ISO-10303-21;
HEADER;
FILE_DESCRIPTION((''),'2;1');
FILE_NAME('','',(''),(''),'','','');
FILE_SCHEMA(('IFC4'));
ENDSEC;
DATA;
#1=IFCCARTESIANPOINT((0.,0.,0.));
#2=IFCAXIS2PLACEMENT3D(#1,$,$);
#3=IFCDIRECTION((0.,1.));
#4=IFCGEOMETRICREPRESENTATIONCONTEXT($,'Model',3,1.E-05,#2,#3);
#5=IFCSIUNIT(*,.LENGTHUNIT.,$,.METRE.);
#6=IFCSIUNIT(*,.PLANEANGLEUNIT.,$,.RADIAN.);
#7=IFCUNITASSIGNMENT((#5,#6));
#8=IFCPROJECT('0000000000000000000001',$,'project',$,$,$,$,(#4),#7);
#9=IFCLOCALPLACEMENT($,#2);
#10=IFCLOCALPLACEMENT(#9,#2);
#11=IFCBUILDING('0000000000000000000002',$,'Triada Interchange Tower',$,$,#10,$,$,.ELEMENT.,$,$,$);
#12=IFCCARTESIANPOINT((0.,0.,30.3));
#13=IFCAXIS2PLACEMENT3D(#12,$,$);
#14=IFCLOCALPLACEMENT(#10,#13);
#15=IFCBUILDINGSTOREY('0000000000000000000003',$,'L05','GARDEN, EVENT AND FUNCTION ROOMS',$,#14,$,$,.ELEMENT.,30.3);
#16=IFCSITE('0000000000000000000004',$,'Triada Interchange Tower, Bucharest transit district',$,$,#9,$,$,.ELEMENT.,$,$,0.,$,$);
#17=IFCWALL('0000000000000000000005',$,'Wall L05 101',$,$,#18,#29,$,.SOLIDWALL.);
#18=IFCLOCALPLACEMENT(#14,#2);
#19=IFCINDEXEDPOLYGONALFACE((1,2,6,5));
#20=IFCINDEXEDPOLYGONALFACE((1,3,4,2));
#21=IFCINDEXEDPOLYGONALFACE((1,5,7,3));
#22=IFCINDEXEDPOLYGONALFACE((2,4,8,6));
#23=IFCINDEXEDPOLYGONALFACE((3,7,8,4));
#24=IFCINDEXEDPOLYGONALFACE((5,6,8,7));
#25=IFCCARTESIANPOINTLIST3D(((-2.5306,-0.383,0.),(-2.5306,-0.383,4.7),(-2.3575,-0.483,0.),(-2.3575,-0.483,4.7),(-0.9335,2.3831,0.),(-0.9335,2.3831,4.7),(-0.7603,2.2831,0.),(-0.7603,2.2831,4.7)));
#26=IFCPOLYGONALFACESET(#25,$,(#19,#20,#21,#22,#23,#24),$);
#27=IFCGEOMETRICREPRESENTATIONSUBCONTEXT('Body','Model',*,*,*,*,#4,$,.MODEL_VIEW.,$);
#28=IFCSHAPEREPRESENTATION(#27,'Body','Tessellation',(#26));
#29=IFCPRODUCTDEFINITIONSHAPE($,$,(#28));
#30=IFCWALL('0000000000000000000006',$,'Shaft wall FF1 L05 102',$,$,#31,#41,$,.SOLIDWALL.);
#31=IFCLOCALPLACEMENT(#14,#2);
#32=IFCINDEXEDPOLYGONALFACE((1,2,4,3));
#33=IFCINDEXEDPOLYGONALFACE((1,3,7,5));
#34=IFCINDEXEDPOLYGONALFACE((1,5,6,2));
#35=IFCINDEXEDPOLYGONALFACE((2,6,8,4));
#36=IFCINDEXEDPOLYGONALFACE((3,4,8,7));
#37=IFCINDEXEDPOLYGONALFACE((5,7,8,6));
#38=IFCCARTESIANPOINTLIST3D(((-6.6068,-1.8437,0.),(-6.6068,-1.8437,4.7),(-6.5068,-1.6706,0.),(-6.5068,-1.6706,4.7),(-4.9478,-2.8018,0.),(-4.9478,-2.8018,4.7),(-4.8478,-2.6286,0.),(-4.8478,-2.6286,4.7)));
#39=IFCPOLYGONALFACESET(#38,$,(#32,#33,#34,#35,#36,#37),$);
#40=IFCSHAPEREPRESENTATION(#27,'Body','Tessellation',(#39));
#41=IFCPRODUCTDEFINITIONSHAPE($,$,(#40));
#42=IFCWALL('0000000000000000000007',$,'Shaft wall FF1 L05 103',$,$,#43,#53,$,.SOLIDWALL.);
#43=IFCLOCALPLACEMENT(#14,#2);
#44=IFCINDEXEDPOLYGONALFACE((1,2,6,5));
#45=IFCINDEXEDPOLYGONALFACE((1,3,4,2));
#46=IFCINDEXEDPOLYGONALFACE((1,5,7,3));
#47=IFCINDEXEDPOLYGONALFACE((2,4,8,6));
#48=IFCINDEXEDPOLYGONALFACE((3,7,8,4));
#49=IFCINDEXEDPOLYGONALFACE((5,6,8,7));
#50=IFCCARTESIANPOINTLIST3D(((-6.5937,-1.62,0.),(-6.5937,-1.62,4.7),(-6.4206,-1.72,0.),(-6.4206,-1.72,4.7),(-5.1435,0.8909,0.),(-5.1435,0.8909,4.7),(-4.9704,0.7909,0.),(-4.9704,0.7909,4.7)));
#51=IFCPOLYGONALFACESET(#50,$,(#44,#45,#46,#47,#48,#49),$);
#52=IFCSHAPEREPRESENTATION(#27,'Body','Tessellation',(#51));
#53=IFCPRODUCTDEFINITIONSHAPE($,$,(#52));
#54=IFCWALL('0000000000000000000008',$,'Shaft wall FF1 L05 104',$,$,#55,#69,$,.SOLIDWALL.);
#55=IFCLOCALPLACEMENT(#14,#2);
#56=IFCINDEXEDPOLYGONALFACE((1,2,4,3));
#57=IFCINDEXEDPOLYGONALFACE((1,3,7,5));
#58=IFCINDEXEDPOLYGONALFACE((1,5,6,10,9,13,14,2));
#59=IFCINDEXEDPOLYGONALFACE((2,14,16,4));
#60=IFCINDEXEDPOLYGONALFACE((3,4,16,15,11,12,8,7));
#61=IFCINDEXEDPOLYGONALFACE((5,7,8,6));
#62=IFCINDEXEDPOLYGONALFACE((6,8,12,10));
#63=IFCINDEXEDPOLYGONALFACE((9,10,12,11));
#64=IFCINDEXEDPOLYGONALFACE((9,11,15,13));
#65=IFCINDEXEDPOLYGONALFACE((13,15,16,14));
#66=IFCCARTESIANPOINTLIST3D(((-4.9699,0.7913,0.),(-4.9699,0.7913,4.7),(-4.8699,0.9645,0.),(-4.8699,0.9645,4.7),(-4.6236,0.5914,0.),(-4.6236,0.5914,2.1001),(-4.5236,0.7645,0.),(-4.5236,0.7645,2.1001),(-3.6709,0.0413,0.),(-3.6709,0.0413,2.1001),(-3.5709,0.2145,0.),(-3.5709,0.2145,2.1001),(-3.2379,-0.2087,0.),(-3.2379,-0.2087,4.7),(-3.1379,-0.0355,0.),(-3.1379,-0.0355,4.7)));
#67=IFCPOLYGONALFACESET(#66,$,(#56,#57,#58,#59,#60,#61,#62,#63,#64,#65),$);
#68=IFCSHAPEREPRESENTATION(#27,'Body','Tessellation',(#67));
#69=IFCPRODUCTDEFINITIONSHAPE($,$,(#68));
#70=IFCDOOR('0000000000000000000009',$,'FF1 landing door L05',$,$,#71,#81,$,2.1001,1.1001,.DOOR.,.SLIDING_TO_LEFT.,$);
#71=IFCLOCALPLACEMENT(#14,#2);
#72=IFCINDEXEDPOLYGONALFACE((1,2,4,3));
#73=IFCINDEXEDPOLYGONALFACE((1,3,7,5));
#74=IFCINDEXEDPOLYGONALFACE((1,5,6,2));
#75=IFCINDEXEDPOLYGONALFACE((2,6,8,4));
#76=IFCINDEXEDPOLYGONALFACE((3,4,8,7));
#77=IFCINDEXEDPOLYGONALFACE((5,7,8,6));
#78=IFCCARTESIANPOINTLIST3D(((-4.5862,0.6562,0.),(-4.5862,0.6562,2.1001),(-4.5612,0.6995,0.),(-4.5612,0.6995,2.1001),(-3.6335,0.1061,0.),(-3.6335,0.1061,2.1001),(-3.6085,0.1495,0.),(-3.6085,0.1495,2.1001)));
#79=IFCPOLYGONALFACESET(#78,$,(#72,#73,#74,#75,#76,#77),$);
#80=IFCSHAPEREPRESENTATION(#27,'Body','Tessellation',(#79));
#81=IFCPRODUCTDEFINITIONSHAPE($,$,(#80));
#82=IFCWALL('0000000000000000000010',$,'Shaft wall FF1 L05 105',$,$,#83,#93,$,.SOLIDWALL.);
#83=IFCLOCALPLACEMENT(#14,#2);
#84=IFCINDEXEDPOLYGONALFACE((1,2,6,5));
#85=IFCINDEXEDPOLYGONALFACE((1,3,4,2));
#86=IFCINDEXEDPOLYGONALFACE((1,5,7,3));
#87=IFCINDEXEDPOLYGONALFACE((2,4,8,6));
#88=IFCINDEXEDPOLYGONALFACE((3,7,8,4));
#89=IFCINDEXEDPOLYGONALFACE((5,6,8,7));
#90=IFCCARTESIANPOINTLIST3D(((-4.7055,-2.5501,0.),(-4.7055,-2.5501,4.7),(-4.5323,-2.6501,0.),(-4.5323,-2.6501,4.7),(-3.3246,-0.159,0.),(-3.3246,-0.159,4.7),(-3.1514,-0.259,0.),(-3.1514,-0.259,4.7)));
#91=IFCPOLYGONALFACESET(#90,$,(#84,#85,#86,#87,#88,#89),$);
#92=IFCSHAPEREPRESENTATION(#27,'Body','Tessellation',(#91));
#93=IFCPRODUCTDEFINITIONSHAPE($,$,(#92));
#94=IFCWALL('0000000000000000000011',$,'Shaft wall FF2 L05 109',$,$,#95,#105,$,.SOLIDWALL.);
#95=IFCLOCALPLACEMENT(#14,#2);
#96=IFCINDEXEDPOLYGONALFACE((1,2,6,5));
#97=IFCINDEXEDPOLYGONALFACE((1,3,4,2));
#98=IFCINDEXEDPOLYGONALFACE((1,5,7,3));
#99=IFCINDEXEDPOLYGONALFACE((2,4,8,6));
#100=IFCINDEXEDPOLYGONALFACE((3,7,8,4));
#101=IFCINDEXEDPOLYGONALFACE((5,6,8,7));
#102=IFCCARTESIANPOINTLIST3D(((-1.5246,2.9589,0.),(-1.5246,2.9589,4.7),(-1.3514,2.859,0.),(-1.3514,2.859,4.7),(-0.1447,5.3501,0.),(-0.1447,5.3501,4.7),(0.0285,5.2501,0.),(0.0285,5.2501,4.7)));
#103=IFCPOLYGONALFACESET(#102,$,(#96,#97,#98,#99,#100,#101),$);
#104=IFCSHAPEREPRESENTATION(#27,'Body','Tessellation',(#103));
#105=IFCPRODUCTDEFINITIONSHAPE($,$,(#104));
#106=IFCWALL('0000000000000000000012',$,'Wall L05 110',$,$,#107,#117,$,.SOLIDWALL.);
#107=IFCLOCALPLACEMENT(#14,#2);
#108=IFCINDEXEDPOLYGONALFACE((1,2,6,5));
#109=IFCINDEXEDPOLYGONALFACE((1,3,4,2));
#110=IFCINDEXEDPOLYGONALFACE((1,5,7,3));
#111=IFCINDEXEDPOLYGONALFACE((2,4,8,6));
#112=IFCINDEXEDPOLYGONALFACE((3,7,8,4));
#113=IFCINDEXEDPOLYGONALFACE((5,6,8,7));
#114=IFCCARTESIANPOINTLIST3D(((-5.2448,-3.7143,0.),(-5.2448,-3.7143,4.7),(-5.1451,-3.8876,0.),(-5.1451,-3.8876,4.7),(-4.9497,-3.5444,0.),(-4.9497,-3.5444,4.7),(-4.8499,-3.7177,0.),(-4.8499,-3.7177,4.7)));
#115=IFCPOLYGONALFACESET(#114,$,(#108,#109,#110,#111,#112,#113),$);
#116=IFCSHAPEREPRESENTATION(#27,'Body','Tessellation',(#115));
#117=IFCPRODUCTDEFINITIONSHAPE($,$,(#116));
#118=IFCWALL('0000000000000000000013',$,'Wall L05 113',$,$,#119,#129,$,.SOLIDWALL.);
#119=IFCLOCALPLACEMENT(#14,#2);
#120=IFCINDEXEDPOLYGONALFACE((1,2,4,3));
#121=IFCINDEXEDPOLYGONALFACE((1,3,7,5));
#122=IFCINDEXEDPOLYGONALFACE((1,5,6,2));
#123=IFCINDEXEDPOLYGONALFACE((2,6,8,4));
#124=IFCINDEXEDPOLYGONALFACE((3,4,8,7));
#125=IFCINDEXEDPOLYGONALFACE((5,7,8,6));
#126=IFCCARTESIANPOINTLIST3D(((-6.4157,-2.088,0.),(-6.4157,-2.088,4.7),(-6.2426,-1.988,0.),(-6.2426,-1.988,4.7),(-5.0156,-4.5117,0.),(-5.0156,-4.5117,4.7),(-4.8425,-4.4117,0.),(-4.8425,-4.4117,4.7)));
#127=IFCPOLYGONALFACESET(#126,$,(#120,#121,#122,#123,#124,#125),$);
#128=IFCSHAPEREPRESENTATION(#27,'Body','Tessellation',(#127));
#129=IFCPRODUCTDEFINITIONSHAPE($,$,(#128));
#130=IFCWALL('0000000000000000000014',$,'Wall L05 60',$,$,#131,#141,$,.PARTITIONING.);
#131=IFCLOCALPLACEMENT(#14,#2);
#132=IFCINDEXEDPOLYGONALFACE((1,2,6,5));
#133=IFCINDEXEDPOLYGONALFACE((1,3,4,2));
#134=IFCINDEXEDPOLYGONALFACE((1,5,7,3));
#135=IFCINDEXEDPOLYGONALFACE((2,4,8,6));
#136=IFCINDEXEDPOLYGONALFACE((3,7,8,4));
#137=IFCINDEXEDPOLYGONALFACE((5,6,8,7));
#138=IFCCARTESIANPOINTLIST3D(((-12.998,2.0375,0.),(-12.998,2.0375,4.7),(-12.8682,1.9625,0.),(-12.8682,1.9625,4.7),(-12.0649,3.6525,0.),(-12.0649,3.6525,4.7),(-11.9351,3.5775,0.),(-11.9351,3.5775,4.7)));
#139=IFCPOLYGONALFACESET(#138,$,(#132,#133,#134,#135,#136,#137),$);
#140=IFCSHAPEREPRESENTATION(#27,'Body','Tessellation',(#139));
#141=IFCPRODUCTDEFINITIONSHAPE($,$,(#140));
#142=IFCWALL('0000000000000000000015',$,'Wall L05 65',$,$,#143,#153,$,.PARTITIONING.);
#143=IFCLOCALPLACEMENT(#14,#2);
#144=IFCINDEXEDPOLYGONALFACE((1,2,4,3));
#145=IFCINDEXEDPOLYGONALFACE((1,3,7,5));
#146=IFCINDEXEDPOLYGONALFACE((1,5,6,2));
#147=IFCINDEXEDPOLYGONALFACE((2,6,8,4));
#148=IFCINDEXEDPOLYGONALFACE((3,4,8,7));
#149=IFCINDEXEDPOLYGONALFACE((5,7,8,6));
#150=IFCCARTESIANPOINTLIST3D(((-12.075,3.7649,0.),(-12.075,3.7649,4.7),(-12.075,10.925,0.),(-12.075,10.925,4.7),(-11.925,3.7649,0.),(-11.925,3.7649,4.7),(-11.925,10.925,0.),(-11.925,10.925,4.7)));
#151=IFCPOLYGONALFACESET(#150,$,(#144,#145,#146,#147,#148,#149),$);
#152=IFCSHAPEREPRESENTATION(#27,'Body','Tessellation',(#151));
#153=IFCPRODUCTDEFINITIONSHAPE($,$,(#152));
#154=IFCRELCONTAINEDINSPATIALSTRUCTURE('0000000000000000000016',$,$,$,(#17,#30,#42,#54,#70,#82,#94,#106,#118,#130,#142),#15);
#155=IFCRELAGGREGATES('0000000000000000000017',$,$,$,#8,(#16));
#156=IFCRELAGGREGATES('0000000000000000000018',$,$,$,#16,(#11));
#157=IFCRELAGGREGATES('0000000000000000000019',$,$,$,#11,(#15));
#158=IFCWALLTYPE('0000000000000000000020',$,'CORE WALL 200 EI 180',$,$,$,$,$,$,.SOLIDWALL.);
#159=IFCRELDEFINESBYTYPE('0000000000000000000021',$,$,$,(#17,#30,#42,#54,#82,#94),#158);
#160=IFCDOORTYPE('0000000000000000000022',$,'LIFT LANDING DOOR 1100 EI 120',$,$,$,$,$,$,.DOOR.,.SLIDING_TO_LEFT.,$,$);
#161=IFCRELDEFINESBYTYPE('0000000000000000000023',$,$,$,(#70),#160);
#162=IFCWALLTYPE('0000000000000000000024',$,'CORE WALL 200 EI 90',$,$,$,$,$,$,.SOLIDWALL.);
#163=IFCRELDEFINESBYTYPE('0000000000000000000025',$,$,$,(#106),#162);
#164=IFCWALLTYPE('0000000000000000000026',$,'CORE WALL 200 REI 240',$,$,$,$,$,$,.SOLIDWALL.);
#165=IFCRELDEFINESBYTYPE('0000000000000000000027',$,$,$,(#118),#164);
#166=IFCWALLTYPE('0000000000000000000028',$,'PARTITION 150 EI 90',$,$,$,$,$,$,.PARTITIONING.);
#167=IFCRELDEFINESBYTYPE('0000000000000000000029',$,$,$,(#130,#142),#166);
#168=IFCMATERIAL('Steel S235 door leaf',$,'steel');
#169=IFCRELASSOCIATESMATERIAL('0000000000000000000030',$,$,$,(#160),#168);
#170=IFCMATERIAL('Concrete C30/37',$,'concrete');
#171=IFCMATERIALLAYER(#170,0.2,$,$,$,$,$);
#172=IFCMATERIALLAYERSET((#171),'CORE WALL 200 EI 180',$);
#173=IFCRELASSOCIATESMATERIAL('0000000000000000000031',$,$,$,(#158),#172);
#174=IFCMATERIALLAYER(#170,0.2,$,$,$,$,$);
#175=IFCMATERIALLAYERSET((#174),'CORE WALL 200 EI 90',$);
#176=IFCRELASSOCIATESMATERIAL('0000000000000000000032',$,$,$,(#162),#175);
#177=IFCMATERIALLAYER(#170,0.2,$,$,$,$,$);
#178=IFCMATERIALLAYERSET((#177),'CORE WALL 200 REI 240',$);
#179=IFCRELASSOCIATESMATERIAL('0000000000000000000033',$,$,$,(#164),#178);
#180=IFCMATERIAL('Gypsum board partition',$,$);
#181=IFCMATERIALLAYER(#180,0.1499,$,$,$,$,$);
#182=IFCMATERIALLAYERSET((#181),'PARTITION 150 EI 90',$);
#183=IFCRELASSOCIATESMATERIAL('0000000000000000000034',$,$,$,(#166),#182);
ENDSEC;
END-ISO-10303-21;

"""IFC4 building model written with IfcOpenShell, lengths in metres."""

from ifc_helpers import new_model, si_unit, direction, frame, frame_2d, origin, place, context, subcontext, project, spatial, rectangle, extrude, material, layer, layer_set, type_object, element, fill, save


model = new_model("IFC4")

# Units and contexts
model_context = context("Model", 3, precision=1e-05, world=origin(), true_north=direction((0.0, 1.0)))
body_context = subcontext(model_context, "Body", "Model", "MODEL_VIEW")
ifc_project = project(units=[si_unit("LENGTHUNIT", "METRE"), si_unit("PLANEANGLEUNIT", "RADIAN")], contexts=[model_context])

# Site, building, storey
site_placement = place(None, origin())
site = spatial("IfcSite", under=ifc_project, at=site_placement, Name="Triada Interchange Tower, Bucharest transit district", CompositionType="ELEMENT", RefElevation=0.0)
building_placement = place(site_placement, origin())
building = spatial("IfcBuilding", under=site, at=building_placement, Name="Triada Interchange Tower", CompositionType="ELEMENT")
storey_placement = place(building_placement, frame((0.0, 0.0, 30.3)))
storey = spatial("IfcBuildingStorey", under=building, at=storey_placement, Name="L05", Description="GARDEN, EVENT AND FUNCTION ROOMS", CompositionType="ELEMENT", Elevation=30.3)

# Shared definitions
ifc_material_1 = material(Name="Concrete C30/37", Category="concrete")

# Shared definitions
ifc_material_2 = material(Name="Steel S235 door leaf", Category="steel")
door_type_1 = type_object("IfcDoorType", Name="LIFT LANDING DOOR 1100 EI 120", OperationType="SLIDING_TO_LEFT", PredefinedType="DOOR", material=ifc_material_2)

# Shared definitions
ifc_layer_1 = layer(ifc_material_1, 0.2)
ifc_layer_set_1 = layer_set([ifc_layer_1], Name="CORE WALL 200 EI 180")
wall_type_1 = type_object("IfcWallType", Name="CORE WALL 200 EI 180", PredefinedType="SOLIDWALL", material=ifc_layer_set_1)

# Walls
wall_1_placement = place(storey_placement, frame((-2.4441, -0.4331, 0.0), z_axis=(0.0, 0.0, 1.0), x_axis=(0.500036, 0.866005, 0.0)))
element("IfcWall", 1, at=wall_1_placement, inside=storey, type_object=wall_type_1, Name="Wall L05 101", PredefinedType="SOLIDWALL", context=body_context, shape_type="SweptSolid", body=[
    extrude(rectangle(XDim=3.1941, YDim=0.2, at=frame_2d((1.5972, 0.0))), origin(), (0.0, 0.0, 1.0), 4.7),
])
wall_2_placement = place(storey_placement, frame((-6.5569, -1.7571, 0.0), z_axis=(0.0, 0.0, 1.0), x_axis=(0.865975, -0.500086, 0.0)))
element("IfcWall", 2, at=wall_2_placement, inside=storey, type_object=wall_type_1, Name="Shaft wall FF1 L05 102", PredefinedType="SOLIDWALL", context=body_context, shape_type="SweptSolid", body=[
    extrude(rectangle(XDim=1.9158, YDim=0.2, at=frame_2d((0.958, 0.0))), origin(), (0.0, 0.0, 1.0), 4.7),
])
wall_3_placement = place(storey_placement, frame((-6.5071, -1.6699, 0.0), z_axis=(0.0, 0.0, 1.0), x_axis=(0.500123, 0.865954, 0.0)))
element("IfcWall", 3, at=wall_3_placement, inside=storey, type_object=wall_type_1, Name="Shaft wall FF1 L05 103", PredefinedType="SOLIDWALL", context=body_context, shape_type="SweptSolid", body=[
    extrude(rectangle(XDim=2.8997, YDim=0.2, at=frame_2d((1.4497, 0.0))), origin(), (0.0, 0.0, 1.0), 4.7),
])

# Wall, opening, door
wall_4_placement = place(storey_placement, frame((-4.9199, 0.8779, 0.0), z_axis=(0.0, 0.0, 1.0), x_axis=(0.866011, -0.500025, 0.0)))
wall_4 = element("IfcWall", 4, at=wall_4_placement, inside=storey, type_object=wall_type_1, Name="Shaft wall FF1 L05 104", PredefinedType="SOLIDWALL", context=body_context, shape_type="SweptSolid", body=[
    extrude(rectangle(XDim=2.0, YDim=0.2, at=frame_2d((1.0, 0.0))), origin(), (0.0, 0.0, 1.0), 4.7),
])
opening_1_placement = place(wall_4_placement, frame((0.3999, 0.0, 0.0)))
opening_1 = element("IfcOpeningElement", 5, at=opening_1_placement, cuts=wall_4, PredefinedType="OPENING", context=body_context, shape_type="SweptSolid", body=[
    extrude(rectangle(XDim=1.1001, YDim=2.1001, at=frame_2d((0.55, 1.05))), frame((0.0, 0.1099, 0.0), z_axis=(0.0, -1.0, 0.0), x_axis=(1.0, 0.0, 0.0)), (0.0, 0.0, 1.0), 0.22),
])
door_1_placement = place(opening_1_placement, origin())
door_1 = element("IfcDoor", 6, at=door_1_placement, inside=storey, type_object=door_type_1, Name="FF1 landing door L05", OperationType="SLIDING_TO_LEFT", OverallHeight=2.1001, OverallWidth=1.1001, PredefinedType="DOOR", context=body_context, shape_type="SweptSolid", body=[
    extrude(rectangle(XDim=1.1001, YDim=2.1001, at=frame_2d((0.55, 1.05))), frame((0.0, 0.0249, 0.0), z_axis=(0.0, -1.0, 0.0), x_axis=(1.0, 0.0, 0.0)), (0.0, 0.0, 1.0), 0.05),
])
fill(opening_1, door_1)

# Walls
wall_5_placement = place(storey_placement, frame((-4.6189, -2.6001, 0.0), z_axis=(0.0, 0.0, 1.0), x_axis=(0.500095, 0.865971, 0.0)))
element("IfcWall", 7, at=wall_5_placement, inside=storey, type_object=wall_type_1, Name="Shaft wall FF1 L05 105", PredefinedType="SOLIDWALL", context=body_context, shape_type="SweptSolid", body=[
    extrude(rectangle(XDim=2.7612, YDim=0.2, at=frame_2d((1.3806, 0.0))), origin(), (0.0, 0.0, 1.0), 4.7),
])
wall_6_placement = place(storey_placement, frame((-1.438, 2.9089, 0.0), z_axis=(0.0, 0.0, 1.0), x_axis=(0.49983, 0.866124, 0.0)))
element("IfcWall", 8, at=wall_6_placement, inside=storey, type_object=wall_type_1, Name="Shaft wall FF2 L05 109", PredefinedType="SOLIDWALL", context=body_context, shape_type="SweptSolid", body=[
    extrude(rectangle(XDim=2.7607, YDim=0.2, at=frame_2d((1.3804, 0.0))), origin(), (0.0, 0.0, 1.0), 4.7),
])
ifc_layer_2 = layer(ifc_material_1, 0.2)
ifc_layer_set_2 = layer_set([ifc_layer_2], Name="CORE WALL 200 EI 90")
wall_type_2 = type_object("IfcWallType", Name="CORE WALL 200 EI 90", PredefinedType="SOLIDWALL", material=ifc_layer_set_2)
wall_7_placement = place(storey_placement, frame((-5.1951, -3.801, 0.0), z_axis=(0.0, 0.0, 1.0), x_axis=(0.866651, 0.498916, 0.0)))
element("IfcWall", 9, at=wall_7_placement, inside=storey, type_object=wall_type_2, Name="Wall L05 110", PredefinedType="SOLIDWALL", context=body_context, shape_type="SweptSolid", body=[
    extrude(rectangle(XDim=0.3406, YDim=0.2, at=frame_2d((0.1704, 0.0))), origin(), (0.0, 0.0, 1.0), 4.7),
])
ifc_layer_3 = layer(ifc_material_1, 0.2)
ifc_layer_set_3 = layer_set([ifc_layer_3], Name="CORE WALL 200 REI 240")
wall_type_3 = type_object("IfcWallType", Name="CORE WALL 200 REI 240", PredefinedType="SOLIDWALL", material=ifc_layer_set_3)
wall_8_placement = place(storey_placement, frame((-6.3291, -2.0381, 0.0), z_axis=(0.0, 0.0, 1.0), x_axis=(0.500201, -0.86591, 0.0)))
element("IfcWall", 10, at=wall_8_placement, inside=storey, type_object=wall_type_3, Name="Wall L05 113", PredefinedType="SOLIDWALL", context=body_context, shape_type="SweptSolid", body=[
    extrude(rectangle(XDim=2.7991, YDim=0.2, at=frame_2d((1.3994, 0.0))), origin(), (0.0, 0.0, 1.0), 4.7),
])
ifc_material_3 = material(Name="Gypsum board partition")
ifc_layer_4 = layer(ifc_material_3, 0.1499)
ifc_layer_set_4 = layer_set([ifc_layer_4], Name="PARTITION 150 EI 90")
wall_type_4 = type_object("IfcWallType", Name="PARTITION 150 EI 90", PredefinedType="PARTITIONING", material=ifc_layer_set_4)
wall_9_placement = place(storey_placement, frame((-12.9331, 2.0, 0.0), z_axis=(0.0, 0.0, 1.0), x_axis=(0.500278, 0.865865, 0.0)))
element("IfcWall", 11, at=wall_9_placement, inside=storey, type_object=wall_type_4, Name="Wall L05 60", PredefinedType="PARTITIONING", context=body_context, shape_type="SweptSolid", body=[
    extrude(rectangle(XDim=1.8652, YDim=0.1499, at=frame_2d((0.9326, 0.0))), origin(), (0.0, 0.0, 1.0), 4.7),
])
wall_10_placement = place(storey_placement, frame((-12.0, 3.7649, 0.0), z_axis=(0.0, 0.0, 1.0), x_axis=(0.0, 1.0, 0.0)))
element("IfcWall", 12, at=wall_10_placement, inside=storey, type_object=wall_type_4, Name="Wall L05 65", PredefinedType="PARTITIONING", context=body_context, shape_type="SweptSolid", body=[
    extrude(rectangle(XDim=7.1602, YDim=0.1499, at=frame_2d((3.5801, 0.0))), origin(), (0.0, 0.0, 1.0), 4.7),
])

save(model, "model.ifc")
